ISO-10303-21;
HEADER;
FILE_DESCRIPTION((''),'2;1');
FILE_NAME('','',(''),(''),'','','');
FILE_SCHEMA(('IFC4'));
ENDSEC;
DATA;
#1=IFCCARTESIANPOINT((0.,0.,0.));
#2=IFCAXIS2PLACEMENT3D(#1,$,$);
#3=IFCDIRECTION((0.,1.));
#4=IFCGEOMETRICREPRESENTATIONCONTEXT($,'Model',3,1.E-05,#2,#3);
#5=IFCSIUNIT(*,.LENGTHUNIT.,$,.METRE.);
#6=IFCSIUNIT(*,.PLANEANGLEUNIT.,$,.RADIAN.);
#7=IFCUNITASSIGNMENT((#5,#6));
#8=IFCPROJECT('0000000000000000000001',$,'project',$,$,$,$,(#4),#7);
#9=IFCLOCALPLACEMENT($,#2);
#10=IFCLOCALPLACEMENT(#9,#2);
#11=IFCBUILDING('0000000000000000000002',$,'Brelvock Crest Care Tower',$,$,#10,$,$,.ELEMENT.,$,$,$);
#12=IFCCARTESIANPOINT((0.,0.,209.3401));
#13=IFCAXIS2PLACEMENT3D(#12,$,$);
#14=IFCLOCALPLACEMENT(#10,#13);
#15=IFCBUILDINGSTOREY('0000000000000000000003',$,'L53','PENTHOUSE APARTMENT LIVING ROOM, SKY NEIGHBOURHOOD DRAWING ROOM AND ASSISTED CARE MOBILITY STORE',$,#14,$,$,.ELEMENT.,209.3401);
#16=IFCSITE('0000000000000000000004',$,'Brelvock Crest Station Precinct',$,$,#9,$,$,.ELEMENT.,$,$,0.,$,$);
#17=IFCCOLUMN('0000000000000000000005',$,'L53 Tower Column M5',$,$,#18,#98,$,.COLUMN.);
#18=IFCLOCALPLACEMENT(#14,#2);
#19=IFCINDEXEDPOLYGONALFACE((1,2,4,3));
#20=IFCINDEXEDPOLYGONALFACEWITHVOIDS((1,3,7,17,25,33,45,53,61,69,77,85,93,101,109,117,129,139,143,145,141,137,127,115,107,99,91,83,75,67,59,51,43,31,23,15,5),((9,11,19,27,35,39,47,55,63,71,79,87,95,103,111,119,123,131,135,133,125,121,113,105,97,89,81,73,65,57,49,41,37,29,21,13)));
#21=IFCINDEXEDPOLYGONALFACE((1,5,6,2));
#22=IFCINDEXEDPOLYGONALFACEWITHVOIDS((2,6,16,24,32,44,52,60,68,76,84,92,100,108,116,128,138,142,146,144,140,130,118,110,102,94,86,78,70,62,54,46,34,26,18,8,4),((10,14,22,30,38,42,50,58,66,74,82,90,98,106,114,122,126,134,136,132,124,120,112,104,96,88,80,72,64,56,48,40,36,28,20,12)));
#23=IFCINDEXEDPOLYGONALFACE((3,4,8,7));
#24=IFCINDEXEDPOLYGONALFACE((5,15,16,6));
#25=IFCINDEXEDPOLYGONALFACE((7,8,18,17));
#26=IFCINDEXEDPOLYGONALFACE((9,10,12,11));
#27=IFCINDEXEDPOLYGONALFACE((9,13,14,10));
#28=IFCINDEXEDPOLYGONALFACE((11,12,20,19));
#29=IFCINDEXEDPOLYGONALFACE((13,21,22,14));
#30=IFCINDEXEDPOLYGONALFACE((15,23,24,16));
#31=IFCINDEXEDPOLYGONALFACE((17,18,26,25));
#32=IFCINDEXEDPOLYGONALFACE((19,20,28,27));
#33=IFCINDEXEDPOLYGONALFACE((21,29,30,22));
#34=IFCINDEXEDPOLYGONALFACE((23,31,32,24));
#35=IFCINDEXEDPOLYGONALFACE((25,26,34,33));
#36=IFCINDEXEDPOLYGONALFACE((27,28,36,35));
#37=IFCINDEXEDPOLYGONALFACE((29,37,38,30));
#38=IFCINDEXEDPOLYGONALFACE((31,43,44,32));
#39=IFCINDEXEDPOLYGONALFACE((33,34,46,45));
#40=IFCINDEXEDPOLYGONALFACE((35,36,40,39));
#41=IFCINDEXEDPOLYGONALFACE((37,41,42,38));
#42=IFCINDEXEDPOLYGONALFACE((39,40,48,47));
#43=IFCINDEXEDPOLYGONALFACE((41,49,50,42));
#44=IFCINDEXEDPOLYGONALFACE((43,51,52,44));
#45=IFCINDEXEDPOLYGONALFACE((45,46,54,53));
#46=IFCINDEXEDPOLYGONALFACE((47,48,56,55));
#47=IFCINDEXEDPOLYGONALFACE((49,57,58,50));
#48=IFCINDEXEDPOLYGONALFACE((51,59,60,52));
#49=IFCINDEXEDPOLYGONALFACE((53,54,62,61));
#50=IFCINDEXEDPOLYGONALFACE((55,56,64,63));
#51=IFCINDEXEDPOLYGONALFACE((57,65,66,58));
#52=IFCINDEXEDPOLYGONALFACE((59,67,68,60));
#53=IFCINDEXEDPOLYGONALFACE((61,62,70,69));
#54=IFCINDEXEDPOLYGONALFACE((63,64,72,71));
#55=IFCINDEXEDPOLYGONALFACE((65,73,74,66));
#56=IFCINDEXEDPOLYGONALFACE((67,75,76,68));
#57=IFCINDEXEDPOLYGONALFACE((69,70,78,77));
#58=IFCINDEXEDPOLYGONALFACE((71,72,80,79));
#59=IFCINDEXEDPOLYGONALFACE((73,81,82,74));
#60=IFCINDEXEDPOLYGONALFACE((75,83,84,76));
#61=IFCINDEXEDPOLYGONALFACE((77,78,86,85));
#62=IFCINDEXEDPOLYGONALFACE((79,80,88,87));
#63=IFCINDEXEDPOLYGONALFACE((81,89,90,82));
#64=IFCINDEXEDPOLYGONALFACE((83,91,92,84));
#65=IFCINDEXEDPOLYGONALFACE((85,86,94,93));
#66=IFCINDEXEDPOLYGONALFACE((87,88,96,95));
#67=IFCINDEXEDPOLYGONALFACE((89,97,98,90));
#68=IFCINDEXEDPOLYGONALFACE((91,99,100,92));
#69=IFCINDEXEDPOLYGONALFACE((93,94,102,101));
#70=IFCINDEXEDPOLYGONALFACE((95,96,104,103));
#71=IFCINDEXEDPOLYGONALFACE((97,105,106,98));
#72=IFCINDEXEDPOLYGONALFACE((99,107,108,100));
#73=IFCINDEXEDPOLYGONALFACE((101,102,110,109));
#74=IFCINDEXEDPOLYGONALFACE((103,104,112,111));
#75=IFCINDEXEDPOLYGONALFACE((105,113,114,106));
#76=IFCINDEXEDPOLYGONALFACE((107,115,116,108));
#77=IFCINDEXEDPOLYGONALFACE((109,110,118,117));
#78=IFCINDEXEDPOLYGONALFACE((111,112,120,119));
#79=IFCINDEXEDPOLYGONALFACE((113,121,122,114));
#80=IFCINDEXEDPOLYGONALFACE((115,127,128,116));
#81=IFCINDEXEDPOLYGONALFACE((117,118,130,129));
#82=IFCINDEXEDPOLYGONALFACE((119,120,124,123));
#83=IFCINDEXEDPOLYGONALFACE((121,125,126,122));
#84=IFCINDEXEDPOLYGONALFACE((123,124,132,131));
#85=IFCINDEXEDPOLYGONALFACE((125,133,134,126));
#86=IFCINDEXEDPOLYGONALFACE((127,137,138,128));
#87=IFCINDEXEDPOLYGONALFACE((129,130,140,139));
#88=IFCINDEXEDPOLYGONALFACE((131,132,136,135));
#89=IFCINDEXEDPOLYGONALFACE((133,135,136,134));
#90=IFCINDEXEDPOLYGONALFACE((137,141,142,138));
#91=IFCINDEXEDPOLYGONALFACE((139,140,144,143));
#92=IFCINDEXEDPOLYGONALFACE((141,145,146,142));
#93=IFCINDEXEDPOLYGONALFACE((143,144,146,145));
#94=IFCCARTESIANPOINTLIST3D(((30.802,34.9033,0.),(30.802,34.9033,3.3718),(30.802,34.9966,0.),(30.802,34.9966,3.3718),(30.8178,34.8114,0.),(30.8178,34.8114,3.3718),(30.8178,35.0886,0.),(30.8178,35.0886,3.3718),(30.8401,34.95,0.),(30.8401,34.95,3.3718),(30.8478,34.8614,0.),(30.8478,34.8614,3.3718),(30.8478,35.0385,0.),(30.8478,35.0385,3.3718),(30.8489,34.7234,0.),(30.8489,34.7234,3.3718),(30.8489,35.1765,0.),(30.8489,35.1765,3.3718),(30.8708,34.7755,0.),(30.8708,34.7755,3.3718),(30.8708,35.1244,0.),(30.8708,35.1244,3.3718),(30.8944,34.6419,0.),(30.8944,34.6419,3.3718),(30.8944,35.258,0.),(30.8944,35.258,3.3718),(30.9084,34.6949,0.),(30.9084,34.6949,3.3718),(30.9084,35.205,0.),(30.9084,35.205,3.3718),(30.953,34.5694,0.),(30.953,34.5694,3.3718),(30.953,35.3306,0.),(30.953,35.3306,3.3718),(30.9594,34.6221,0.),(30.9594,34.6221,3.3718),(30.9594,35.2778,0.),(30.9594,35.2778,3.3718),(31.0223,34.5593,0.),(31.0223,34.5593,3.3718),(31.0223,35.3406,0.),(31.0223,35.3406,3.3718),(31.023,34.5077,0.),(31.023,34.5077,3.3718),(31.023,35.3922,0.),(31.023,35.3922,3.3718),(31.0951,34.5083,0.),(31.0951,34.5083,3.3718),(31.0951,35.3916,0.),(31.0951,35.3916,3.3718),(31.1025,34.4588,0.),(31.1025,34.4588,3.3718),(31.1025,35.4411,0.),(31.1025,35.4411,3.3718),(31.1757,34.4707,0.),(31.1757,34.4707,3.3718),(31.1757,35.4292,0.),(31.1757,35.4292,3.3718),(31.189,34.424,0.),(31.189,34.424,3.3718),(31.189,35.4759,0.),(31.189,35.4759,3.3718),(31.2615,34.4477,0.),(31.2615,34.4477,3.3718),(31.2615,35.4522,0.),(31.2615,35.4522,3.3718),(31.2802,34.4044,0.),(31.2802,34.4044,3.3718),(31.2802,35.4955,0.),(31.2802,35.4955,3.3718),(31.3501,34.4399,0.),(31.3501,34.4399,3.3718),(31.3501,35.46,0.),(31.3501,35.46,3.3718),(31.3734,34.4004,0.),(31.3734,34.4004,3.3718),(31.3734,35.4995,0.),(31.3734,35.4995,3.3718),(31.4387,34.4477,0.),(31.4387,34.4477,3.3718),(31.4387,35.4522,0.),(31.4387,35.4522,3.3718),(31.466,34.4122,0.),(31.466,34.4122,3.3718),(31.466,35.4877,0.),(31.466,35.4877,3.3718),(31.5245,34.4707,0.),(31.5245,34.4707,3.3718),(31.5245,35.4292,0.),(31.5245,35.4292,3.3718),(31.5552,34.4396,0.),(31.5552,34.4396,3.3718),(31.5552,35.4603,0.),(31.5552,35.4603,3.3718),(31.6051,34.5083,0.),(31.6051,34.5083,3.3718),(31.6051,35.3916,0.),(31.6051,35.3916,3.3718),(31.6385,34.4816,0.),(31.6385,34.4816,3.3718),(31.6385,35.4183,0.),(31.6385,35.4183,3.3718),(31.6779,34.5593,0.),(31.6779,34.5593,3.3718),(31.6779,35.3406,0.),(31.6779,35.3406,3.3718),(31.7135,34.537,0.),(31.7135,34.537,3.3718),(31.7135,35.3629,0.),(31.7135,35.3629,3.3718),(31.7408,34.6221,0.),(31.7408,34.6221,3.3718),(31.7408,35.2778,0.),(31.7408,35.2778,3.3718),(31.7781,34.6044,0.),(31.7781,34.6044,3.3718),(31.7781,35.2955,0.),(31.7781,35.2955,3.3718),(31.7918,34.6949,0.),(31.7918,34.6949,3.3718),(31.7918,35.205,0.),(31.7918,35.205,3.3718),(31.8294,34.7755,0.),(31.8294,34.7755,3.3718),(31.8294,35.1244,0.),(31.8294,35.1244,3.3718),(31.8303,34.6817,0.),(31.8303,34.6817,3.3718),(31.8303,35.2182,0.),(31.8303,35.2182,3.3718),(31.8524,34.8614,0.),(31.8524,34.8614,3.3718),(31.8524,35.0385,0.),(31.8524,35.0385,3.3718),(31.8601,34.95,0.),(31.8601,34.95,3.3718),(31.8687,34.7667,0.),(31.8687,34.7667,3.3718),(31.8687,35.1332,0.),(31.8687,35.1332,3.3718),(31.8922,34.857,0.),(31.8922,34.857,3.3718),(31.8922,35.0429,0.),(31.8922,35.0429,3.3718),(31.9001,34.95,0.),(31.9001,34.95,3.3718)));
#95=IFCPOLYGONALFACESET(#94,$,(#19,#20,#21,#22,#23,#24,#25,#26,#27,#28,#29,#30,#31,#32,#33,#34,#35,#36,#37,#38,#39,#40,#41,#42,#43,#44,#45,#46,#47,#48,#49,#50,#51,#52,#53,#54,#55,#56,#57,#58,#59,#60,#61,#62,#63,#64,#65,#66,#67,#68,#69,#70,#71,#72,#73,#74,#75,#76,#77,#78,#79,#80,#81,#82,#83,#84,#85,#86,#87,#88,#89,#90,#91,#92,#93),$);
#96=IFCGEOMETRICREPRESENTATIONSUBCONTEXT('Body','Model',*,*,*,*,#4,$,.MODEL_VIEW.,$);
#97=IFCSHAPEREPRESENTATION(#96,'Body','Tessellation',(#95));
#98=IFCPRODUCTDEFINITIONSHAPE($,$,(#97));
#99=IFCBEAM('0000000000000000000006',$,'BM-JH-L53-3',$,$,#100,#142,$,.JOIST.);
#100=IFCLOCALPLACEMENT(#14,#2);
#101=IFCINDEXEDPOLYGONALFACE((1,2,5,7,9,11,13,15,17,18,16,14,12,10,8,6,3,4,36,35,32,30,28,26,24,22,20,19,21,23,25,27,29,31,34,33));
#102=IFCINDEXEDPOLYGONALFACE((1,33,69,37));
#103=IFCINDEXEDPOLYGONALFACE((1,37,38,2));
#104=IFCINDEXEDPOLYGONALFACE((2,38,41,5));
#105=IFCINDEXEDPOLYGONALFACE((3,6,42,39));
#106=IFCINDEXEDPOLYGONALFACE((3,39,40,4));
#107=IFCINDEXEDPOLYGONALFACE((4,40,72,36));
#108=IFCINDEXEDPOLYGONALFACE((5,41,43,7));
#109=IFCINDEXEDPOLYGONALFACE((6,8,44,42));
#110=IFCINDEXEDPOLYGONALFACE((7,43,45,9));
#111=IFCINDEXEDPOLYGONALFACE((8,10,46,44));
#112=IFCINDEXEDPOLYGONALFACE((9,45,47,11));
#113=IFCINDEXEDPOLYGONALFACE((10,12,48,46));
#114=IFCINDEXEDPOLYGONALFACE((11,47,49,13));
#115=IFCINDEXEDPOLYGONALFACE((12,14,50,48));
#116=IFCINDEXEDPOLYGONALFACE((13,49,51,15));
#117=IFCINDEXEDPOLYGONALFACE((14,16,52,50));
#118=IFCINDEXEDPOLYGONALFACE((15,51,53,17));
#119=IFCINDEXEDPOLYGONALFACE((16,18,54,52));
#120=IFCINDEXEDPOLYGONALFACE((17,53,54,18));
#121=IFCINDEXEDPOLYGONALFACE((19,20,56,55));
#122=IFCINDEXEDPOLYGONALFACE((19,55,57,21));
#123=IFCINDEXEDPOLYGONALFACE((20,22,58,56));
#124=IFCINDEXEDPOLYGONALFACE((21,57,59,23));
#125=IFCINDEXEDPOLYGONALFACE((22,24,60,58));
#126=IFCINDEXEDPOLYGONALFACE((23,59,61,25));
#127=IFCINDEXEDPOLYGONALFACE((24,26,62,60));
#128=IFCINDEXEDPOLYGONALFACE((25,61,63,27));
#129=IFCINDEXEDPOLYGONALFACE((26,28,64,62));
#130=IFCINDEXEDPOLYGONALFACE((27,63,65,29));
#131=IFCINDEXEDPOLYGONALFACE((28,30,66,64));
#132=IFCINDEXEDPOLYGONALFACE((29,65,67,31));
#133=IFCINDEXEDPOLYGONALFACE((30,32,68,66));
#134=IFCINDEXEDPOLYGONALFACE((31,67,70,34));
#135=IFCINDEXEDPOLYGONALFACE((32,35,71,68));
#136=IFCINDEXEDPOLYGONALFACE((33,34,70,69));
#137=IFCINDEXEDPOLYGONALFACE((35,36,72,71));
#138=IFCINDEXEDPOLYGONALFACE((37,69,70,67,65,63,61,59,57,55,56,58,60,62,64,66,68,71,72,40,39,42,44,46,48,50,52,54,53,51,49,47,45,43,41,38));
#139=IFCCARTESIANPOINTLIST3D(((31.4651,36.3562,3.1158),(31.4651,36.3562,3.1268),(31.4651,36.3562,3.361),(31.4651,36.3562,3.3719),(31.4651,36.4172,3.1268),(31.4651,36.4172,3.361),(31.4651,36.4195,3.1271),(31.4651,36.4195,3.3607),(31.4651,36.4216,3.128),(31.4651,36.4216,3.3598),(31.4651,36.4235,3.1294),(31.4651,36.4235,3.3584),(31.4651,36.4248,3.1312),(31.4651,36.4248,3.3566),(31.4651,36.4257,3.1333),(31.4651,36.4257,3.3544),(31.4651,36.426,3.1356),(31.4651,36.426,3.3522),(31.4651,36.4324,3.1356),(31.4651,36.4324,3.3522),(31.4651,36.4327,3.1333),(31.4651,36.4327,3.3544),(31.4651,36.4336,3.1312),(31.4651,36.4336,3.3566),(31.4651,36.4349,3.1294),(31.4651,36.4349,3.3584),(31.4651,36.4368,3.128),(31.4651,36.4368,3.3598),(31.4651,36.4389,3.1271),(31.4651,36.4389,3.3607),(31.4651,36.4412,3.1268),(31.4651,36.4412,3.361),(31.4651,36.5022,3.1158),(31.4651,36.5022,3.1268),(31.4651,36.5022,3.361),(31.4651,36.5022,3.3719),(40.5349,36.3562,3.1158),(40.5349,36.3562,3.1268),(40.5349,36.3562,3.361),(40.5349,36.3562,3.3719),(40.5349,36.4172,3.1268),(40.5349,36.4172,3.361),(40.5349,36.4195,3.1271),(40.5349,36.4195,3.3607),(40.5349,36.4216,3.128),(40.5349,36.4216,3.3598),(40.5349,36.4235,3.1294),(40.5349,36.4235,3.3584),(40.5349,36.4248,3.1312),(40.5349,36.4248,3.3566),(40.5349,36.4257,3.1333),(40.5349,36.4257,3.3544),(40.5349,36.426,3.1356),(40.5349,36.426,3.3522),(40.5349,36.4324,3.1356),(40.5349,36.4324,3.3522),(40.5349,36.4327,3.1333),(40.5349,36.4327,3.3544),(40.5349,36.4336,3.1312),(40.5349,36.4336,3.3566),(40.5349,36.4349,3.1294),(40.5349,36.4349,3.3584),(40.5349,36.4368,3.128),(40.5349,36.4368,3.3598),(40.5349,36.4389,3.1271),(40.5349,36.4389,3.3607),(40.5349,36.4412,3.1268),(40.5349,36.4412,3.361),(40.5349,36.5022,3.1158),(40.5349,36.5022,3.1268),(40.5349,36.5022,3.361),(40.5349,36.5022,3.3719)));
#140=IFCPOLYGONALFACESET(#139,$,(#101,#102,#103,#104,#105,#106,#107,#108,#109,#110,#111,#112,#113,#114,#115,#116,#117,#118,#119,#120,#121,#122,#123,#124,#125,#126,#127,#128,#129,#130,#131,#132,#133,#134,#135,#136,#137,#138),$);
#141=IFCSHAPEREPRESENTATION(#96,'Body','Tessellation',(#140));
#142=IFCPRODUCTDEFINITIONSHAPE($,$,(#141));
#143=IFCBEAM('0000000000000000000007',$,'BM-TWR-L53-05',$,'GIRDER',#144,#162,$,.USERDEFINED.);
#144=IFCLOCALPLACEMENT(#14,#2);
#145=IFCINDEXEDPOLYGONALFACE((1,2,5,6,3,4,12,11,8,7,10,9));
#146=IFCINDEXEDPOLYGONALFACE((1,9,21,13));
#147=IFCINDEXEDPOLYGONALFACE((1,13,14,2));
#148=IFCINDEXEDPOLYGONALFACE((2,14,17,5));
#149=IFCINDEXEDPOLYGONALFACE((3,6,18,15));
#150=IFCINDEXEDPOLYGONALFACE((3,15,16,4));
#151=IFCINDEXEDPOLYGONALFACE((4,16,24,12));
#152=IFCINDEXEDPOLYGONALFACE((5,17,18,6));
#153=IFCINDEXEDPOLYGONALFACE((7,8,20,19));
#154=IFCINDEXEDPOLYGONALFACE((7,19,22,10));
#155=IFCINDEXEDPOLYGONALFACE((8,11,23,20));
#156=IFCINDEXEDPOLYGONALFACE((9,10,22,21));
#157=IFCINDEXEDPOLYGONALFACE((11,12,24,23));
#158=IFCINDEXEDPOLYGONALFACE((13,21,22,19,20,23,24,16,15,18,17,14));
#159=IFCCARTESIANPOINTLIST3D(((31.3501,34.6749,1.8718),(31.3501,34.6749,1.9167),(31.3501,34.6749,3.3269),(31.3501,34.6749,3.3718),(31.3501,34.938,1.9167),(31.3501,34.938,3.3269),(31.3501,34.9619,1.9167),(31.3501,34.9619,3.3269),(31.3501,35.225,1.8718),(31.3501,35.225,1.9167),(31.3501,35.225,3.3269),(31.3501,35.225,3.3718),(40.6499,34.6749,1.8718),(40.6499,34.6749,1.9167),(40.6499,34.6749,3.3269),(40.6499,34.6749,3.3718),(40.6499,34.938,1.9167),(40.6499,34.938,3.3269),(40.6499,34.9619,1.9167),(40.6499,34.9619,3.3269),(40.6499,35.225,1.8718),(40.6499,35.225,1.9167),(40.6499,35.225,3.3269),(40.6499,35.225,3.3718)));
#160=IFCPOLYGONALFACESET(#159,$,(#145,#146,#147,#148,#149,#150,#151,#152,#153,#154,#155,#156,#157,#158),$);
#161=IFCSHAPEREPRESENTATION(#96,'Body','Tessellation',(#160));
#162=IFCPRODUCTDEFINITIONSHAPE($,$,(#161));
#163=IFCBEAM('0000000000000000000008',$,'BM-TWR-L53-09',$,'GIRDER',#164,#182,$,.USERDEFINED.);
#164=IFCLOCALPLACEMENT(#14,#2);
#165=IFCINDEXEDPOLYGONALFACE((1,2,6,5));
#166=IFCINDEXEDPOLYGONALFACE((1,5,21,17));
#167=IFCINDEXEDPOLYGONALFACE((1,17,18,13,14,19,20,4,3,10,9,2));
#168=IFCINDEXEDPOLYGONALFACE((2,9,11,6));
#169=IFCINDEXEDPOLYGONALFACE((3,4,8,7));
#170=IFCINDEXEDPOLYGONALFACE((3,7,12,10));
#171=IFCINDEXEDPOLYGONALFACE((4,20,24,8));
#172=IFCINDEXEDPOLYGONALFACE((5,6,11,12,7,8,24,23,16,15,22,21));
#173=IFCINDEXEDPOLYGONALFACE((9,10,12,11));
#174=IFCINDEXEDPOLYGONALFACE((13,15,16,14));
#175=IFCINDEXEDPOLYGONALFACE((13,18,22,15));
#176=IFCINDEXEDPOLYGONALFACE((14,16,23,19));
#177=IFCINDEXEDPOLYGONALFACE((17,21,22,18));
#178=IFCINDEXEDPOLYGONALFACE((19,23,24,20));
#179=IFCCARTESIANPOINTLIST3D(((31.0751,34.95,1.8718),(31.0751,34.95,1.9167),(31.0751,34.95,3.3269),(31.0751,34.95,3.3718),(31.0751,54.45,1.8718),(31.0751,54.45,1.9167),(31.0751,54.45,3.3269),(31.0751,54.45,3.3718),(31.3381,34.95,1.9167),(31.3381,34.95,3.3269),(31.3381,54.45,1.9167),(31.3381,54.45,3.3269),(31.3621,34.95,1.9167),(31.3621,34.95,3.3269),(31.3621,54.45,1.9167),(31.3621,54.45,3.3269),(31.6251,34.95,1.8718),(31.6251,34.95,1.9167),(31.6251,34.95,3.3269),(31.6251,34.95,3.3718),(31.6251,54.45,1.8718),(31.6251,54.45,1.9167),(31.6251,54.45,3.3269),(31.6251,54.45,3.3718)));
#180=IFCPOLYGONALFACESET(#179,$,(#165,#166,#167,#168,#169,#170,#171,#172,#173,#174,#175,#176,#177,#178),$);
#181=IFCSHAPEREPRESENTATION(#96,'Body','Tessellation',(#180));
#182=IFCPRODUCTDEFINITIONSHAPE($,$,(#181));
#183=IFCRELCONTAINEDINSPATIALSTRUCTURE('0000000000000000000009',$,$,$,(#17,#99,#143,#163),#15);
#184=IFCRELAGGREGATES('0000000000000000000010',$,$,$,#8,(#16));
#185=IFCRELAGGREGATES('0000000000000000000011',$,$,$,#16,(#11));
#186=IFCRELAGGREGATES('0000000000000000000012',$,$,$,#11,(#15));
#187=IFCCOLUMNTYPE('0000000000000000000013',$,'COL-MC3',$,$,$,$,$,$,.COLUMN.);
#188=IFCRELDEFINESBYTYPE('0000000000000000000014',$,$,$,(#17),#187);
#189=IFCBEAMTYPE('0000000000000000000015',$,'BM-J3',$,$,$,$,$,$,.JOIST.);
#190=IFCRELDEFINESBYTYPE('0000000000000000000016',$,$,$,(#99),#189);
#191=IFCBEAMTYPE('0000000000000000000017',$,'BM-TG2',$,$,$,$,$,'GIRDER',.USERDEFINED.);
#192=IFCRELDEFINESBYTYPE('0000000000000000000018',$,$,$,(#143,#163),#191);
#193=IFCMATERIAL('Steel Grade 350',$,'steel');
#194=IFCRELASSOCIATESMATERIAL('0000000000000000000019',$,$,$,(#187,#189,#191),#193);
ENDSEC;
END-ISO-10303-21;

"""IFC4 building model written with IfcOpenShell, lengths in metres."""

from ifc_helpers import new_model, si_unit, direction, frame, origin, origin_2d, place, context, subcontext, project, spatial, hollow_circle, i_section, extrude, source, transform, mapped, material, material_profile, profile_set, type_object, element, save


model = new_model("IFC4")

# Units and contexts
model_context = context("Model", 3, precision=1e-05, world=origin(), true_north=direction((0.0, 1.0)))
body_context = subcontext(model_context, "Body", "Model", "MODEL_VIEW")
ifc_project = project(units=[si_unit("LENGTHUNIT", "METRE"), si_unit("PLANEANGLEUNIT", "RADIAN")], contexts=[model_context])

# Site, building, storey
site_placement = place(None, origin())
site = spatial("IfcSite", under=ifc_project, at=site_placement, Name="Brelvock Crest Station Precinct", CompositionType="ELEMENT", RefElevation=0.0)
building_placement = place(site_placement, origin())
building = spatial("IfcBuilding", under=site, at=building_placement, Name="Brelvock Crest Care Tower", CompositionType="ELEMENT")
storey_placement = place(building_placement, frame((0.0, 0.0, 209.3401)))
storey = spatial("IfcBuildingStorey", under=building, at=storey_placement, Name="L53", Description="PENTHOUSE APARTMENT LIVING ROOM, SKY NEIGHBOURHOOD DRAWING ROOM AND ASSISTED CARE MOBILITY STORE", CompositionType="ELEMENT", Elevation=209.3401)

# Column
ifc_material_1 = material(Name="Steel Grade 350", Category="steel")
ifc_material_profile_1 = material_profile(ifc_material_1, hollow_circle(Radius=0.55, WallThickness=0.04, at=origin_2d()), Name="CFT1100x40")
ifc_profile_set_1 = profile_set([ifc_material_profile_1], Name="Steel Grade 350")
column_type = type_object("IfcColumnType", Name="COL-MC3", PredefinedType="COLUMN", material=ifc_profile_set_1)
shared_shape_1 = source(origin(), body_context, "Body", "SweptSolid", [
    extrude(hollow_circle(Radius=0.55, WallThickness=0.04, at=origin_2d()), origin(), (0.0, 0.0, 1.0), 3.3718),
])
column_placement = place(storey_placement, frame((31.3501, 34.95, 0.0), z_axis=(0.0, 0.0, 1.0), x_axis=(1.0, 0.0, 0.0)))
element("IfcColumn", 1, at=column_placement, inside=storey, type_object=column_type, Name="L53 Tower Column M5", PredefinedType="COLUMN", context=body_context, shape_type="MappedRepresentation", body=[
    mapped(shared_shape_1, transform((0.0, 0.0, 0.0), x_axis=(1.0, 0.0, 0.0), y_axis=(0.0, 1.0, 0.0), z_axis=(0.0, 0.0, 1.0), scale=1.0)),
])

# Beams
ifc_material_profile_2 = material_profile(ifc_material_1, i_section(OverallWidth=0.146, OverallDepth=0.2561, WebThickness=0.0063, FlangeThickness=0.011, FilletRadius=0.0088, at=origin_2d()), Name="250UB37.3")
ifc_profile_set_2 = profile_set([ifc_material_profile_2], Name="Steel Grade 350")
beam_type_1 = type_object("IfcBeamType", Name="BM-J3", PredefinedType="JOIST", material=ifc_profile_set_2)
shared_shape_2 = source(origin(), body_context, "Body", "SweptSolid", [
    extrude(i_section(OverallWidth=0.146, OverallDepth=0.2561, WebThickness=0.0063, FlangeThickness=0.011, FilletRadius=0.0088, at=origin_2d()), origin(), (0.0, 0.0, 1.0), 9.0698),
])
beam_1_placement = place(storey_placement, frame((31.4651, 36.4292, 3.2439), z_axis=(1.0, 0.0, 0.0), x_axis=(0.0, 1.0, 0.0)))
element("IfcBeam", 2, at=beam_1_placement, inside=storey, type_object=beam_type_1, Name="BM-JH-L53-3", PredefinedType="JOIST", context=body_context, shape_type="MappedRepresentation", body=[
    mapped(shared_shape_2, transform((0.0, 0.0, 0.0), x_axis=(1.0, 0.0, 0.0), y_axis=(0.0, 1.0, 0.0), z_axis=(0.0, 0.0, 1.0), scale=1.0)),
])
ifc_material_profile_3 = material_profile(ifc_material_1, i_section(OverallWidth=0.55, OverallDepth=1.5, WebThickness=0.0239, FlangeThickness=0.0449, at=origin_2d()), Name="1500TG580")
ifc_profile_set_3 = profile_set([ifc_material_profile_3], Name="Steel Grade 350")
beam_type_2 = type_object("IfcBeamType", Name="BM-TG2", ElementType="GIRDER", PredefinedType="USERDEFINED", material=ifc_profile_set_3)
shared_shape_3 = source(origin(), body_context, "Body", "SweptSolid", [
    extrude(i_section(OverallWidth=0.55, OverallDepth=1.5, WebThickness=0.0239, FlangeThickness=0.0449, at=origin_2d()), origin(), (0.0, 0.0, 1.0), 9.2998),
])
beam_2_placement = place(storey_placement, frame((31.3501, 34.95, 2.6218), z_axis=(1.0, 0.0, 0.0), x_axis=(0.0, 1.0, 0.0)))
element("IfcBeam", 3, at=beam_2_placement, inside=storey, type_object=beam_type_2, Name="BM-TWR-L53-05", ObjectType="GIRDER", PredefinedType="USERDEFINED", context=body_context, shape_type="MappedRepresentation", body=[
    mapped(shared_shape_3, transform((0.0, 0.0, 0.0), x_axis=(1.0, 0.0, 0.0), y_axis=(0.0, 1.0, 0.0), z_axis=(0.0, 0.0, 1.0), scale=1.0)),
])
shared_shape_4 = source(origin(), body_context, "Body", "SweptSolid", [
    extrude(i_section(OverallWidth=0.55, OverallDepth=1.5, WebThickness=0.0239, FlangeThickness=0.0449, at=origin_2d()), origin(), (0.0, 0.0, 1.0), 19.5),
])
beam_3_placement = place(storey_placement, frame((31.3501, 34.95, 2.6218), z_axis=(0.0, 1.0, 0.0), x_axis=(-1.0, 0.0, 0.0)))
element("IfcBeam", 4, at=beam_3_placement, inside=storey, type_object=beam_type_2, Name="BM-TWR-L53-09", ObjectType="GIRDER", PredefinedType="USERDEFINED", context=body_context, shape_type="MappedRepresentation", body=[
    mapped(shared_shape_4, transform((0.0, 0.0, 0.0), x_axis=(1.0, 0.0, 0.0), y_axis=(0.0, 1.0, 0.0), z_axis=(0.0, 0.0, 1.0), scale=1.0)),
])

save(model, "model.ifc")
